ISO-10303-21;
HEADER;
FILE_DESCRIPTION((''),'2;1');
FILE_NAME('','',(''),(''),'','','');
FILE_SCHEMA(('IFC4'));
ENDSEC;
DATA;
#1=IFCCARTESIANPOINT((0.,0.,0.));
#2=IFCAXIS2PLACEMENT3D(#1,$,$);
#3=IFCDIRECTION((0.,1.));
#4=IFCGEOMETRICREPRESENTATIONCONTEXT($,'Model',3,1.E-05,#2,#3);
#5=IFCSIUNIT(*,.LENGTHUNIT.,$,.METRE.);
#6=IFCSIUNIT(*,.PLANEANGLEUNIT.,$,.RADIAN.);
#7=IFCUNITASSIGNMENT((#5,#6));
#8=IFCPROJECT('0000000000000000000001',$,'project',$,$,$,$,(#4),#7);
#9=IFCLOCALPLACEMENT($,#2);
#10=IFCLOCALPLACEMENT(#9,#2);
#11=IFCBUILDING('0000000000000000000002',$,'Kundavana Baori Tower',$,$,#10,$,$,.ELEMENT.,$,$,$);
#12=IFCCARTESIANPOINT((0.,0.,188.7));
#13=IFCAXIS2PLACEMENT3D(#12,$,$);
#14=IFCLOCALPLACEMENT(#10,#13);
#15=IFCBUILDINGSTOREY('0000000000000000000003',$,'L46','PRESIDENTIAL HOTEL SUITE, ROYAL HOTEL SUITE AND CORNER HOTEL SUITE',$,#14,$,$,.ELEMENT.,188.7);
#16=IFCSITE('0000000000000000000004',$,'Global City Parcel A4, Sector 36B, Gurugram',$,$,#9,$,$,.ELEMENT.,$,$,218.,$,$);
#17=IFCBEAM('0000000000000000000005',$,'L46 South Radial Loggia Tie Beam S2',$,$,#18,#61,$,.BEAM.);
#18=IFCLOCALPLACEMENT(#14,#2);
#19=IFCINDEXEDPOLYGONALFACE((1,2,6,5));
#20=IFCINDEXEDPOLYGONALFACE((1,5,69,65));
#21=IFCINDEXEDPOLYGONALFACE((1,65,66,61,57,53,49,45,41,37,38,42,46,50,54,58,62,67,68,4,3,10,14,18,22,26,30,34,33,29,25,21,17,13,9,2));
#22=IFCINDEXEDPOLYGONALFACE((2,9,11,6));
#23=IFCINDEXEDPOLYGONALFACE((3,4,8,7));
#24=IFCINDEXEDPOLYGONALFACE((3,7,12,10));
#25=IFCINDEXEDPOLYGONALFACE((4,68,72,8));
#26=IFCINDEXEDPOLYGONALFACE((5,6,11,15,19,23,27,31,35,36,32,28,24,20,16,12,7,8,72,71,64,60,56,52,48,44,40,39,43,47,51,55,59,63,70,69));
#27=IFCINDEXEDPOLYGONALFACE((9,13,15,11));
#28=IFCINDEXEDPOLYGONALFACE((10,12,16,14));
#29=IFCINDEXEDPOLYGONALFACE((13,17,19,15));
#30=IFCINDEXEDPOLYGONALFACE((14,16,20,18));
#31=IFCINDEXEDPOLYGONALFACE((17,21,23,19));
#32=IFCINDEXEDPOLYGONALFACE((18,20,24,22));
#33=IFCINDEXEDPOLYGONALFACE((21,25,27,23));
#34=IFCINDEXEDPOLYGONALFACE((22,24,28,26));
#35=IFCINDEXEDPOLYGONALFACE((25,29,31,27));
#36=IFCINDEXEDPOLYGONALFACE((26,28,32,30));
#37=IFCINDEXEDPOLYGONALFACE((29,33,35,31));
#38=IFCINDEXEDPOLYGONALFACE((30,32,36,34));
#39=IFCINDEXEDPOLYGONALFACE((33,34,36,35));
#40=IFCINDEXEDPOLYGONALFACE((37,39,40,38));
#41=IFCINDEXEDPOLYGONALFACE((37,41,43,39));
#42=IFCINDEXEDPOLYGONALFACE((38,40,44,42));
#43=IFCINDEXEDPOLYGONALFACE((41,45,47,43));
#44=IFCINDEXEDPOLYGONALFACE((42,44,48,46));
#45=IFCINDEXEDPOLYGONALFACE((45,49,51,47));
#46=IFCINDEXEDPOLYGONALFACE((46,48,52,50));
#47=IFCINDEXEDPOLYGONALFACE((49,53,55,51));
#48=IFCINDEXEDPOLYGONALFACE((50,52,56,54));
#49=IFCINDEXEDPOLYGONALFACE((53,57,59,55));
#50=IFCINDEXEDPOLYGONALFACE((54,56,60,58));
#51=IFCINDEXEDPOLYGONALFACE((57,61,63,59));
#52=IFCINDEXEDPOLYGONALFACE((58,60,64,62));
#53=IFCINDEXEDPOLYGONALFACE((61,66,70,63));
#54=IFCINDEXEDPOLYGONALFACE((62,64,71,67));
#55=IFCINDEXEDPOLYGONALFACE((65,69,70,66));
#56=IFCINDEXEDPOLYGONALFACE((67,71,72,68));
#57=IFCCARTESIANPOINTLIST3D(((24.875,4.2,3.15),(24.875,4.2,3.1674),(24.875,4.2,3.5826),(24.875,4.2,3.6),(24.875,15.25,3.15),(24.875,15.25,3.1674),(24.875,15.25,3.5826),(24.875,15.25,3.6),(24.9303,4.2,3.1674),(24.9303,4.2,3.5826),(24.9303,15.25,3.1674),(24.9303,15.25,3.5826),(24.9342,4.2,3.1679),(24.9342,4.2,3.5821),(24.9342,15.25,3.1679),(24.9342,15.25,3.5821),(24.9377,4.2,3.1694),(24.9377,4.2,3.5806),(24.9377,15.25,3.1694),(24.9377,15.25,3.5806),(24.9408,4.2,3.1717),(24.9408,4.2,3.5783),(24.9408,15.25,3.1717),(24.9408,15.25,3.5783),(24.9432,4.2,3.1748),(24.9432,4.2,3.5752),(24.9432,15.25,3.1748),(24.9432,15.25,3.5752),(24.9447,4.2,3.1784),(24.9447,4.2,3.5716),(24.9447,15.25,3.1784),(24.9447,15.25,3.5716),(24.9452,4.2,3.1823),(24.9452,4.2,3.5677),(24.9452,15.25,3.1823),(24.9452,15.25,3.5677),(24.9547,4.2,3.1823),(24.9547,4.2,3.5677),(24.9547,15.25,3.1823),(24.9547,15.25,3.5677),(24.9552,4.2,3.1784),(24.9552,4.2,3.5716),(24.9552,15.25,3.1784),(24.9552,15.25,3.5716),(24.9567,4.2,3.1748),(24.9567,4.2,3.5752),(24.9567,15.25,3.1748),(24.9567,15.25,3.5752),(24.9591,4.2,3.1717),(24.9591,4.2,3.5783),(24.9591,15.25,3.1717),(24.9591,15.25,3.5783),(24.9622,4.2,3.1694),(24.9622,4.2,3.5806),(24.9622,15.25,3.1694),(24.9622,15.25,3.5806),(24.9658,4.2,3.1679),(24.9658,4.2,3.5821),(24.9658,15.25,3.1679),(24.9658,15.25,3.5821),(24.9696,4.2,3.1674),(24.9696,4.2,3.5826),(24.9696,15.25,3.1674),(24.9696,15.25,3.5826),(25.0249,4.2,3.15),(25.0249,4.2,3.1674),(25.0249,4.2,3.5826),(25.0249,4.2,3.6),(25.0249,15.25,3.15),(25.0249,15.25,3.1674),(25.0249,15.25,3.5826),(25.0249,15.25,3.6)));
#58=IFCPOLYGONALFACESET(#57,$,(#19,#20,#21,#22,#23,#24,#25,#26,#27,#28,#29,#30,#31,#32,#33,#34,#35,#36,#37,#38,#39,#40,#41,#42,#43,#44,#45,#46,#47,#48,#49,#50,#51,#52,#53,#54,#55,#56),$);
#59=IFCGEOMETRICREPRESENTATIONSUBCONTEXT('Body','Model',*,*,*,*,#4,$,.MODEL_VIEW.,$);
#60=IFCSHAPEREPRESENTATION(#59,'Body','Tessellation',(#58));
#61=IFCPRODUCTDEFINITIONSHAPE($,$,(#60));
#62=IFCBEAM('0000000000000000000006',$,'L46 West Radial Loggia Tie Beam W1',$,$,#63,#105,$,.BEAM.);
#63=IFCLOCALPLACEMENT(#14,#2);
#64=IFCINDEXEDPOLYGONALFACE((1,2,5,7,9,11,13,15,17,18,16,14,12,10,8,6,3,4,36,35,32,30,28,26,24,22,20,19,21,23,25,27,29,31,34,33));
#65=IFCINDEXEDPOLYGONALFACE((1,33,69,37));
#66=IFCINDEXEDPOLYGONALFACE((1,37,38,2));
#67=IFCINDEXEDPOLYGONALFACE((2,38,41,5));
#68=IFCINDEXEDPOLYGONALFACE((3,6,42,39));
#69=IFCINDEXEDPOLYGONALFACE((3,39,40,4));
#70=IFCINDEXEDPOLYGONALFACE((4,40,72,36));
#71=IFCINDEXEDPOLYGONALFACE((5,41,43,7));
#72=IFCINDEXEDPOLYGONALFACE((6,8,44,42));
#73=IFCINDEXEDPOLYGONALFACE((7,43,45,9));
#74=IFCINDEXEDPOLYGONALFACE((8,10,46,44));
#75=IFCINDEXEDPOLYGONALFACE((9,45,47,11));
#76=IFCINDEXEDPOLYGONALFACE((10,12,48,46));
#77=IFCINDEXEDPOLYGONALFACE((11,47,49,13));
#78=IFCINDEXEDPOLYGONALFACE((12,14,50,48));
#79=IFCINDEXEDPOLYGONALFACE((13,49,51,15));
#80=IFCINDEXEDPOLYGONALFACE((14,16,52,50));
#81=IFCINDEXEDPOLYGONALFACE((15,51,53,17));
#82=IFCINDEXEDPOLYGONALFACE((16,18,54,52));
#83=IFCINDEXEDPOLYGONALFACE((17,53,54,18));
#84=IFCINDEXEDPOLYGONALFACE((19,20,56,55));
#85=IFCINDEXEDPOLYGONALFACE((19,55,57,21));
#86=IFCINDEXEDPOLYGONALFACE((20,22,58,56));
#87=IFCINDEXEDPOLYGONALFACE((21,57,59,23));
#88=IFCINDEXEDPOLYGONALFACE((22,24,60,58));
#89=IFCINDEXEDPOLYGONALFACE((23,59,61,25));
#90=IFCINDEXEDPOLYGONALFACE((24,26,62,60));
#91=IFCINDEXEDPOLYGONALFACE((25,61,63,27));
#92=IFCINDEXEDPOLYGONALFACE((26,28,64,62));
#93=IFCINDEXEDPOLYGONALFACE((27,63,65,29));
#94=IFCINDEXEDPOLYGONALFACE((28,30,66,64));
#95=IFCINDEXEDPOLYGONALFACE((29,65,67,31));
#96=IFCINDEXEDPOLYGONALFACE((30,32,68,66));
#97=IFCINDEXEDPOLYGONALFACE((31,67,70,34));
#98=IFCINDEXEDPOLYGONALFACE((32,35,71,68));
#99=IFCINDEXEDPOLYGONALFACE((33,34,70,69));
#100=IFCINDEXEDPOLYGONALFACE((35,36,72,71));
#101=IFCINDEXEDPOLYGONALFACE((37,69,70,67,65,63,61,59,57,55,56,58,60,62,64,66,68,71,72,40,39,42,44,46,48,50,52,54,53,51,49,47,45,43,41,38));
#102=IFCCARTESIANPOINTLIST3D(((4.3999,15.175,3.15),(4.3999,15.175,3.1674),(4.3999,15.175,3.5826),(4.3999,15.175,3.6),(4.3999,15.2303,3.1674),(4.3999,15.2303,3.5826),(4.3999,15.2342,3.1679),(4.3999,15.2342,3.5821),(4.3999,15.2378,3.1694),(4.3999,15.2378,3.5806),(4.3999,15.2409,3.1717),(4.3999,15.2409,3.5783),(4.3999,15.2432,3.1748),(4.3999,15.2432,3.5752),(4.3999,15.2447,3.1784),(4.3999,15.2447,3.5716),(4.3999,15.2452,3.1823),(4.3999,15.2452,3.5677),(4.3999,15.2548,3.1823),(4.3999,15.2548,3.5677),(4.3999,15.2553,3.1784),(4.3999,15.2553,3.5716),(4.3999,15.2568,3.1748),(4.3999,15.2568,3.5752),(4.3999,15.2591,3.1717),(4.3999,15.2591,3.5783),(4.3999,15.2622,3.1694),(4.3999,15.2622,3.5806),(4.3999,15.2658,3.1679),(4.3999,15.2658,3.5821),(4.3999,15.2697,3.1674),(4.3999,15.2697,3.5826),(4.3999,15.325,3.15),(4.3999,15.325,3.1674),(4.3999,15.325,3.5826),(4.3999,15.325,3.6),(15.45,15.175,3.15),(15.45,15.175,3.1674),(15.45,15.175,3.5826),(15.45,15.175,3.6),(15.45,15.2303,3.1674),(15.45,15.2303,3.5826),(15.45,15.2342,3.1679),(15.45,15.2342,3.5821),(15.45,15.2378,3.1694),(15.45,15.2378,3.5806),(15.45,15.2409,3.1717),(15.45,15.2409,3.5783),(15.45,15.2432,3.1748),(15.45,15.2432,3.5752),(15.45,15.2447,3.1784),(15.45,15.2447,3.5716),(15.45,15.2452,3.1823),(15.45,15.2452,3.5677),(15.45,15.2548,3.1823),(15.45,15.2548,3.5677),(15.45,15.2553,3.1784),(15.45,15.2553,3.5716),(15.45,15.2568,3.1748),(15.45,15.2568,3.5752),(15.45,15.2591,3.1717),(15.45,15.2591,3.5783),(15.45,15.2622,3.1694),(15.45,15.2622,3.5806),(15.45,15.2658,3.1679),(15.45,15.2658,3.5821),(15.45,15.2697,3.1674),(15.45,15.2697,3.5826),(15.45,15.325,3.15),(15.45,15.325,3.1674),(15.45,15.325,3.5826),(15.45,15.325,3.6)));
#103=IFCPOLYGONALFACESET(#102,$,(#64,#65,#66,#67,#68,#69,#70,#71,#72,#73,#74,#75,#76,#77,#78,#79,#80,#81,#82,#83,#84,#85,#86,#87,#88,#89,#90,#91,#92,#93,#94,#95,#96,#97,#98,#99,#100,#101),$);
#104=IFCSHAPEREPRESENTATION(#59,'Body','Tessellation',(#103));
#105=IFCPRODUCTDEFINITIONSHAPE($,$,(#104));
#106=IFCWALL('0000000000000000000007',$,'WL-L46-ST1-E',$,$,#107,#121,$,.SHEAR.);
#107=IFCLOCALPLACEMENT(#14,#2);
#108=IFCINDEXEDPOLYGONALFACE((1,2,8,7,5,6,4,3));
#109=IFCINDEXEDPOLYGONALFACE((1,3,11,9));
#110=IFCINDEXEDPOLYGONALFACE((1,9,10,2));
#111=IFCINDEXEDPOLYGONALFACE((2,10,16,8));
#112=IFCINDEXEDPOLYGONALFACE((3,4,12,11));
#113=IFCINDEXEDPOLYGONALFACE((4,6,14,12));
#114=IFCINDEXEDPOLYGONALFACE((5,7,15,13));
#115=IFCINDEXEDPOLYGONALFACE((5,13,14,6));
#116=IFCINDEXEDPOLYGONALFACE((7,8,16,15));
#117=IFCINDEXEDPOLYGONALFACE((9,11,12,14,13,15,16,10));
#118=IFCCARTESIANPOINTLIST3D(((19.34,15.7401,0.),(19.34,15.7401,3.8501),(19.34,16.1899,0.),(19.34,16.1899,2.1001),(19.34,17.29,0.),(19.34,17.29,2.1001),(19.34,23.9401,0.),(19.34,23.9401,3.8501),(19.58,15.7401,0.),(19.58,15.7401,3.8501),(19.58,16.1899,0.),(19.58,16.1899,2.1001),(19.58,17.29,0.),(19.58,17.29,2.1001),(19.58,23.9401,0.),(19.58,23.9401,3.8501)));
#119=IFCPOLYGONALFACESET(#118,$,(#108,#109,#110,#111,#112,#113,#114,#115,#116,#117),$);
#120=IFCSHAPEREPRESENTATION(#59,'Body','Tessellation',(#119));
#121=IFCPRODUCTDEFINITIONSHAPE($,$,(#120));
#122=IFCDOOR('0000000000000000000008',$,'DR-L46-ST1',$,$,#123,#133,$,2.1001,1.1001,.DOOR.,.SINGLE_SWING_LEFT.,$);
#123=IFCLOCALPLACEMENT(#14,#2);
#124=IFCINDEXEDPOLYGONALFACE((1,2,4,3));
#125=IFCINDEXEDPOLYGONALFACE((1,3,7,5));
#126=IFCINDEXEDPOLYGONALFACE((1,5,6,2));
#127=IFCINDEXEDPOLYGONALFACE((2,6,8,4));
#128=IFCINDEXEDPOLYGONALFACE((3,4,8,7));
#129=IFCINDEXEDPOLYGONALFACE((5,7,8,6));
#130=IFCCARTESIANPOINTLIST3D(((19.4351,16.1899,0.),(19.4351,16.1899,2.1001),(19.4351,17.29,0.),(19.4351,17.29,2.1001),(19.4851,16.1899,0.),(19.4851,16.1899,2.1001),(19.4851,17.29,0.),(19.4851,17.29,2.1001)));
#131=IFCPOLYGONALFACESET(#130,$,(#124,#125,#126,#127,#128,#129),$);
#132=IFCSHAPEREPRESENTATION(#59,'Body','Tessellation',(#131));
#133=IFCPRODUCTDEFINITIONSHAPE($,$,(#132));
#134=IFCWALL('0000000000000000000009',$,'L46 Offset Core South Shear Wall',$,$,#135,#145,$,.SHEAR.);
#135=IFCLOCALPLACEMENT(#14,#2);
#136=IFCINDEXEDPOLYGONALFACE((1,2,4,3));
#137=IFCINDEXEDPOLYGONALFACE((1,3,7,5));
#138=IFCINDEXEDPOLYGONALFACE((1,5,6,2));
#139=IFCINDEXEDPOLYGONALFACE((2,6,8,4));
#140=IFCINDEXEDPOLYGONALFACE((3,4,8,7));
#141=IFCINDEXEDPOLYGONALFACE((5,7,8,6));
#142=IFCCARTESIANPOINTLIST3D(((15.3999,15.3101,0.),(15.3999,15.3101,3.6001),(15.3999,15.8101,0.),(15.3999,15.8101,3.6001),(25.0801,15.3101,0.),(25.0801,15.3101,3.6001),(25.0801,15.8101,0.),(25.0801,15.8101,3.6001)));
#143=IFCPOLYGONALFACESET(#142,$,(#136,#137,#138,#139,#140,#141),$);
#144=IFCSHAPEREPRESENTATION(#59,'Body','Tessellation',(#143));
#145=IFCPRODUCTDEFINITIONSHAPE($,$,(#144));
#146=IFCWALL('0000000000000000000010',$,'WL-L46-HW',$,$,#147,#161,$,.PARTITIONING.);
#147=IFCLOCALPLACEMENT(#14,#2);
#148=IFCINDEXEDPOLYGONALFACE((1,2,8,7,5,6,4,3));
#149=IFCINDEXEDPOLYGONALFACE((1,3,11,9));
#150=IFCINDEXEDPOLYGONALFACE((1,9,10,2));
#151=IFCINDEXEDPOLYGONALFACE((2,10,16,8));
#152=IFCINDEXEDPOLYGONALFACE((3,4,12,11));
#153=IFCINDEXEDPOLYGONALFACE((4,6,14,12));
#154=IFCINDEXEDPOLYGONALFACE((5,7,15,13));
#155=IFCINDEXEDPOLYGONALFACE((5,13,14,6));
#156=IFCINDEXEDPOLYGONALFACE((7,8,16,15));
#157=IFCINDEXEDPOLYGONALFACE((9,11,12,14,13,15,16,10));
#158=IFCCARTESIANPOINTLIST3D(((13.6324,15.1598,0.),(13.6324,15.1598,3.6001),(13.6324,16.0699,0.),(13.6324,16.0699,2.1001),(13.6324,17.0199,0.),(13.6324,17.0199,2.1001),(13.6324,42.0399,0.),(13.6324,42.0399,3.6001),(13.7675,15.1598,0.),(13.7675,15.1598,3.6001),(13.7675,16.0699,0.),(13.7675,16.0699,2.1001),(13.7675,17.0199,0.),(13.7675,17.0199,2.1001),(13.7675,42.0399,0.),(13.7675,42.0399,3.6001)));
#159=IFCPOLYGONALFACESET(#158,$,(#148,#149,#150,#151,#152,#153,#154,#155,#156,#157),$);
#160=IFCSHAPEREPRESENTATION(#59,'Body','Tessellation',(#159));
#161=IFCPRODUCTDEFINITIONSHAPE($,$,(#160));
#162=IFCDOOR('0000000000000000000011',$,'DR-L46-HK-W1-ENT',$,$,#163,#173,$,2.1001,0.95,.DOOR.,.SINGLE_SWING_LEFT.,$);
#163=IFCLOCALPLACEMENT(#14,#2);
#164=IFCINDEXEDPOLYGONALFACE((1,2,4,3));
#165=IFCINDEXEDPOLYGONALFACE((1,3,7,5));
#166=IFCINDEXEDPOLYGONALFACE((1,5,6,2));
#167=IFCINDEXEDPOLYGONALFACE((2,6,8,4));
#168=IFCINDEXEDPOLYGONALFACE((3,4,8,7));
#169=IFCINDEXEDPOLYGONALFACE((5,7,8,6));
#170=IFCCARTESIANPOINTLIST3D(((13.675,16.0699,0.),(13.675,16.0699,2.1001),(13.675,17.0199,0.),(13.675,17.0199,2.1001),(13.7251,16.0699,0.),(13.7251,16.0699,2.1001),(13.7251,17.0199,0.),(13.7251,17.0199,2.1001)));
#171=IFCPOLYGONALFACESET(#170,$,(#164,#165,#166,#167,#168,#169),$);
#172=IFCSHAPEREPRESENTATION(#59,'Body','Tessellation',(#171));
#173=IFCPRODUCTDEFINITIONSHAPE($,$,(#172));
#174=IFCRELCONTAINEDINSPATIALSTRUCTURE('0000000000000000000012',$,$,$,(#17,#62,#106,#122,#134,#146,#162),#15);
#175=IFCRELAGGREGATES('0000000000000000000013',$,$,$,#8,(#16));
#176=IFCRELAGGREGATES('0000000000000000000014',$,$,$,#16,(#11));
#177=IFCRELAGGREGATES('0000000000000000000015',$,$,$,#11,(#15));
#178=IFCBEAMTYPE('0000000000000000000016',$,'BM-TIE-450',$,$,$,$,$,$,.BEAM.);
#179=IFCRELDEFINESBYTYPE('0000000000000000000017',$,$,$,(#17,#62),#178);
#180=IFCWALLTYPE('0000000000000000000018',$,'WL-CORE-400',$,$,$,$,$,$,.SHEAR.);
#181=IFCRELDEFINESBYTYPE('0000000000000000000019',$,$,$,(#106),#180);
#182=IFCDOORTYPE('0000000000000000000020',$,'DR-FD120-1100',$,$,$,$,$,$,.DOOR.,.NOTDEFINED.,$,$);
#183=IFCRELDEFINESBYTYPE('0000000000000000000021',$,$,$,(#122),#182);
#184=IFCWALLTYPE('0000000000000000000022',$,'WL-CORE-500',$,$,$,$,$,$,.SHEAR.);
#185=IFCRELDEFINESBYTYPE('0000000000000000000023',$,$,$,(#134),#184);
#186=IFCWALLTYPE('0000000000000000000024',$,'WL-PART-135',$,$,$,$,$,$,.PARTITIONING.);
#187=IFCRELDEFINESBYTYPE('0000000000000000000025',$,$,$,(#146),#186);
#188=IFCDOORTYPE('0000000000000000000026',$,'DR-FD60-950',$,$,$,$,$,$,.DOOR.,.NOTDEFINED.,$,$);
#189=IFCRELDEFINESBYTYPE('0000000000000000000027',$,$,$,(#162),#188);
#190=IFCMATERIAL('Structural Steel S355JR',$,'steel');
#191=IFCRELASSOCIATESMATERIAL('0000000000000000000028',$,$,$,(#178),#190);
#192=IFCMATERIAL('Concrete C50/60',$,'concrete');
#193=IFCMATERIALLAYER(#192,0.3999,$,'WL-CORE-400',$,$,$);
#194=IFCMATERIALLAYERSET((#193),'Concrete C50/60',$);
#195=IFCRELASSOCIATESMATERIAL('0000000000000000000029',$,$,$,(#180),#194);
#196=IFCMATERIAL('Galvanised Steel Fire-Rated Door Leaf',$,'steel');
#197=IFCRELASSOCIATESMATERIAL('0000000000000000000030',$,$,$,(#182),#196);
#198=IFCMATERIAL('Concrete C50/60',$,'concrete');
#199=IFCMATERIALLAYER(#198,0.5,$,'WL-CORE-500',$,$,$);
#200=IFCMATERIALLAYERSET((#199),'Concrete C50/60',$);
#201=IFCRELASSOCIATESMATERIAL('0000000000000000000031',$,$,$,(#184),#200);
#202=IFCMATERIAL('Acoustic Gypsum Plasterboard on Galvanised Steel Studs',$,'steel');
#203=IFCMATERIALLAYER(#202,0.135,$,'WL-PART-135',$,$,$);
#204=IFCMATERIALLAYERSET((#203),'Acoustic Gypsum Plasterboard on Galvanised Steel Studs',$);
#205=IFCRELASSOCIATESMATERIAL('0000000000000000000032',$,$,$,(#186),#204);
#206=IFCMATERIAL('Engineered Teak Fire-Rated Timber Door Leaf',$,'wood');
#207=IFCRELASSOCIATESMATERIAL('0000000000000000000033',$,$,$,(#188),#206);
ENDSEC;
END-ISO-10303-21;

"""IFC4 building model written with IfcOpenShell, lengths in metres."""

from ifc_helpers import new_model, si_unit, direction, frame, frame_2d, origin, origin_2d, place, context, subcontext, project, spatial, rectangle, i_section, extrude, material, layer, layer_set, material_profile, profile_set, type_object, element, fill, save


model = new_model("IFC4")

# Units and contexts
model_context = context("Model", 3, precision=1e-05, world=origin(), true_north=direction((0.0, 1.0)))
body_context = subcontext(model_context, "Body", "Model", "MODEL_VIEW")
ifc_project = project(units=[si_unit("LENGTHUNIT", "METRE"), si_unit("PLANEANGLEUNIT", "RADIAN")], contexts=[model_context])

# Site, building, storey
site_placement = place(None, origin())
site = spatial("IfcSite", under=ifc_project, at=site_placement, Name="Global City Parcel A4, Sector 36B, Gurugram", CompositionType="ELEMENT", RefElevation=218.0)
building_placement = place(site_placement, origin())
building = spatial("IfcBuilding", under=site, at=building_placement, Name="Kundavana Baori Tower", CompositionType="ELEMENT")
storey_placement = place(building_placement, frame((0.0, 0.0, 188.7)))
storey = spatial("IfcBuildingStorey", under=building, at=storey_placement, Name="L46", Description="PRESIDENTIAL HOTEL SUITE, ROYAL HOTEL SUITE AND CORNER HOTEL SUITE", CompositionType="ELEMENT", Elevation=188.7)

# Beams
ifc_material_1 = material(Name="Structural Steel S355JR", Category="steel")
ifc_material_profile_1 = material_profile(ifc_material_1, i_section(OverallWidth=0.1499, OverallDepth=0.45, WebThickness=0.0095, FlangeThickness=0.0173, FilletRadius=0.0149, at=origin_2d()), Name="ISMB 450")
ifc_profile_set_1 = profile_set([ifc_material_profile_1], Name="Structural Steel S355JR")
beam_type_1 = type_object("IfcBeamType", Name="BM-TIE-450", PredefinedType="BEAM", material=ifc_profile_set_1)
for number, where, z_axis, x_axis, name in (
    (1, (24.95, 15.25, 3.375), (0.0, -1.0, 0.0), (1.0, 0.0, 0.0), "L46 South Radial Loggia Tie Beam S2"),
    (2, (15.45, 15.25, 3.375), (-1.0, 0.0, 0.0), (0.0, -1.0, 0.0), "L46 West Radial Loggia Tie Beam W1"),
):
    element("IfcBeam", number, at=place(storey_placement, frame(where, z_axis=z_axis, x_axis=x_axis)), inside=storey, type_object=beam_type_1, Name=name, PredefinedType="BEAM", context=body_context, shape_type="SweptSolid", body=[
        extrude(i_section(OverallWidth=0.1499, OverallDepth=0.45, WebThickness=0.0095, FlangeThickness=0.0173, FilletRadius=0.0149, at=origin_2d()), origin(), (0.0, 0.0, 1.0), 11.05),
    ])

# Wall, opening, door
ifc_material_2 = material(Name="Concrete C50/60", Category="concrete")
ifc_layer_1 = layer(ifc_material_2, 0.3999, Name="WL-CORE-400")
ifc_layer_set_1 = layer_set([ifc_layer_1], Name="Concrete C50/60")
wall_type_1 = type_object("IfcWallType", Name="WL-CORE-400", PredefinedType="SHEAR", material=ifc_layer_set_1)
wall_1_placement = place(storey_placement, frame((19.46, 15.74, 0.0), z_axis=(0.0, 0.0, 1.0), x_axis=(0.0, 1.0, 0.0)))
wall_1 = element("IfcWall", 3, at=wall_1_placement, inside=storey, type_object=wall_type_1, Name="WL-L46-ST1-E", PredefinedType="SHEAR", context=body_context, shape_type="SweptSolid", body=[
    extrude(rectangle(XDim=8.2, YDim=0.24, at=frame_2d((4.1001, 0.0))), origin(), (0.0, 0.0, 1.0), 3.8501),
])
opening_1_placement = place(wall_1_placement, frame((0.45, 0.0, 0.0)))
opening_1 = element("IfcOpeningElement", 4, at=opening_1_placement, cuts=wall_1, PredefinedType="OPENING", context=body_context, shape_type="SweptSolid", body=[
    extrude(rectangle(XDim=1.1001, YDim=2.1001, at=frame_2d((0.55, 1.05))), frame((0.0, 0.1299, 0.0), z_axis=(0.0, -1.0, 0.0), x_axis=(1.0, 0.0, 0.0)), (0.0, 0.0, 1.0), 0.26),
])
ifc_material_3 = material(Name="Galvanised Steel Fire-Rated Door Leaf", Category="steel")
door_type_1 = type_object("IfcDoorType", Name="DR-FD120-1100", OperationType="NOTDEFINED", PredefinedType="DOOR", material=ifc_material_3)
door_1_placement = place(opening_1_placement, origin())
door_1 = element("IfcDoor", 5, at=door_1_placement, inside=storey, type_object=door_type_1, Name="DR-L46-ST1", OperationType="SINGLE_SWING_LEFT", OverallHeight=2.1001, OverallWidth=1.1001, PredefinedType="DOOR", context=body_context, shape_type="SweptSolid", body=[
    extrude(rectangle(XDim=1.1001, YDim=2.1001, at=frame_2d((0.55, 1.05))), frame((0.0, 0.0249, 0.0), z_axis=(0.0, -1.0, 0.0), x_axis=(1.0, 0.0, 0.0)), (0.0, 0.0, 1.0), 0.05),
])
fill(opening_1, door_1)

# Wall
ifc_material_4 = material(Name="Concrete C50/60", Category="concrete")
ifc_layer_2 = layer(ifc_material_4, 0.5, Name="WL-CORE-500")
ifc_layer_set_2 = layer_set([ifc_layer_2], Name="Concrete C50/60")
wall_type_2 = type_object("IfcWallType", Name="WL-CORE-500", PredefinedType="SHEAR", material=ifc_layer_set_2)
wall_2_placement = place(storey_placement, frame((15.3999, 15.5601, 0.0), z_axis=(0.0, 0.0, 1.0), x_axis=(1.0, 0.0, 0.0)))
element("IfcWall", 6, at=wall_2_placement, inside=storey, type_object=wall_type_2, Name="L46 Offset Core South Shear Wall", PredefinedType="SHEAR", context=body_context, shape_type="SweptSolid", body=[
    extrude(rectangle(XDim=9.6802, YDim=0.5, at=frame_2d((4.8401, 0.0))), origin(), (0.0, 0.0, 1.0), 3.6001),
])

# Wall, opening, door
ifc_material_5 = material(Name="Acoustic Gypsum Plasterboard on Galvanised Steel Studs", Category="steel")
ifc_layer_3 = layer(ifc_material_5, 0.135, Name="WL-PART-135")
ifc_layer_set_3 = layer_set([ifc_layer_3], Name="Acoustic Gypsum Plasterboard on Galvanised Steel Studs")
wall_type_3 = type_object("IfcWallType", Name="WL-PART-135", PredefinedType="PARTITIONING", material=ifc_layer_set_3)
wall_3_placement = place(storey_placement, frame((13.7, 15.1599, 0.0), z_axis=(0.0, 0.0, 1.0), x_axis=(0.0, 1.0, 0.0)))
wall_3 = element("IfcWall", 7, at=wall_3_placement, inside=storey, type_object=wall_type_3, Name="WL-L46-HW", PredefinedType="PARTITIONING", context=body_context, shape_type="SweptSolid", body=[
    extrude(rectangle(XDim=26.8801, YDim=0.135, at=frame_2d((13.4399, 0.0))), origin(), (0.0, 0.0, 1.0), 3.6001),
])
opening_2_placement = place(wall_3_placement, frame((0.9099, 0.0, 0.0)))
opening_2 = element("IfcOpeningElement", 8, at=opening_2_placement, cuts=wall_3, PredefinedType="OPENING", context=body_context, shape_type="SweptSolid", body=[
    extrude(rectangle(XDim=0.95, YDim=2.1001, at=frame_2d((0.4751, 1.05))), frame((0.0, 0.0776, 0.0), z_axis=(0.0, -1.0, 0.0), x_axis=(1.0, 0.0, 0.0)), (0.0, 0.0, 1.0), 0.155),
])
ifc_material_6 = material(Name="Engineered Teak Fire-Rated Timber Door Leaf", Category="wood")
door_type_2 = type_object("IfcDoorType", Name="DR-FD60-950", OperationType="NOTDEFINED", PredefinedType="DOOR", material=ifc_material_6)
door_2_placement = place(opening_2_placement, origin())
door_2 = element("IfcDoor", 9, at=door_2_placement, inside=storey, type_object=door_type_2, Name="DR-L46-HK-W1-ENT", OperationType="SINGLE_SWING_LEFT", OverallHeight=2.1001, OverallWidth=0.95, PredefinedType="DOOR", context=body_context, shape_type="SweptSolid", body=[
    extrude(rectangle(XDim=0.95, YDim=2.1001, at=frame_2d((0.4751, 1.05))), frame((0.0, 0.0249, 0.0), z_axis=(0.0, -1.0, 0.0), x_axis=(1.0, 0.0, 0.0)), (0.0, 0.0, 1.0), 0.05),
])
fill(opening_2, door_2)

save(model, "model.ifc")
